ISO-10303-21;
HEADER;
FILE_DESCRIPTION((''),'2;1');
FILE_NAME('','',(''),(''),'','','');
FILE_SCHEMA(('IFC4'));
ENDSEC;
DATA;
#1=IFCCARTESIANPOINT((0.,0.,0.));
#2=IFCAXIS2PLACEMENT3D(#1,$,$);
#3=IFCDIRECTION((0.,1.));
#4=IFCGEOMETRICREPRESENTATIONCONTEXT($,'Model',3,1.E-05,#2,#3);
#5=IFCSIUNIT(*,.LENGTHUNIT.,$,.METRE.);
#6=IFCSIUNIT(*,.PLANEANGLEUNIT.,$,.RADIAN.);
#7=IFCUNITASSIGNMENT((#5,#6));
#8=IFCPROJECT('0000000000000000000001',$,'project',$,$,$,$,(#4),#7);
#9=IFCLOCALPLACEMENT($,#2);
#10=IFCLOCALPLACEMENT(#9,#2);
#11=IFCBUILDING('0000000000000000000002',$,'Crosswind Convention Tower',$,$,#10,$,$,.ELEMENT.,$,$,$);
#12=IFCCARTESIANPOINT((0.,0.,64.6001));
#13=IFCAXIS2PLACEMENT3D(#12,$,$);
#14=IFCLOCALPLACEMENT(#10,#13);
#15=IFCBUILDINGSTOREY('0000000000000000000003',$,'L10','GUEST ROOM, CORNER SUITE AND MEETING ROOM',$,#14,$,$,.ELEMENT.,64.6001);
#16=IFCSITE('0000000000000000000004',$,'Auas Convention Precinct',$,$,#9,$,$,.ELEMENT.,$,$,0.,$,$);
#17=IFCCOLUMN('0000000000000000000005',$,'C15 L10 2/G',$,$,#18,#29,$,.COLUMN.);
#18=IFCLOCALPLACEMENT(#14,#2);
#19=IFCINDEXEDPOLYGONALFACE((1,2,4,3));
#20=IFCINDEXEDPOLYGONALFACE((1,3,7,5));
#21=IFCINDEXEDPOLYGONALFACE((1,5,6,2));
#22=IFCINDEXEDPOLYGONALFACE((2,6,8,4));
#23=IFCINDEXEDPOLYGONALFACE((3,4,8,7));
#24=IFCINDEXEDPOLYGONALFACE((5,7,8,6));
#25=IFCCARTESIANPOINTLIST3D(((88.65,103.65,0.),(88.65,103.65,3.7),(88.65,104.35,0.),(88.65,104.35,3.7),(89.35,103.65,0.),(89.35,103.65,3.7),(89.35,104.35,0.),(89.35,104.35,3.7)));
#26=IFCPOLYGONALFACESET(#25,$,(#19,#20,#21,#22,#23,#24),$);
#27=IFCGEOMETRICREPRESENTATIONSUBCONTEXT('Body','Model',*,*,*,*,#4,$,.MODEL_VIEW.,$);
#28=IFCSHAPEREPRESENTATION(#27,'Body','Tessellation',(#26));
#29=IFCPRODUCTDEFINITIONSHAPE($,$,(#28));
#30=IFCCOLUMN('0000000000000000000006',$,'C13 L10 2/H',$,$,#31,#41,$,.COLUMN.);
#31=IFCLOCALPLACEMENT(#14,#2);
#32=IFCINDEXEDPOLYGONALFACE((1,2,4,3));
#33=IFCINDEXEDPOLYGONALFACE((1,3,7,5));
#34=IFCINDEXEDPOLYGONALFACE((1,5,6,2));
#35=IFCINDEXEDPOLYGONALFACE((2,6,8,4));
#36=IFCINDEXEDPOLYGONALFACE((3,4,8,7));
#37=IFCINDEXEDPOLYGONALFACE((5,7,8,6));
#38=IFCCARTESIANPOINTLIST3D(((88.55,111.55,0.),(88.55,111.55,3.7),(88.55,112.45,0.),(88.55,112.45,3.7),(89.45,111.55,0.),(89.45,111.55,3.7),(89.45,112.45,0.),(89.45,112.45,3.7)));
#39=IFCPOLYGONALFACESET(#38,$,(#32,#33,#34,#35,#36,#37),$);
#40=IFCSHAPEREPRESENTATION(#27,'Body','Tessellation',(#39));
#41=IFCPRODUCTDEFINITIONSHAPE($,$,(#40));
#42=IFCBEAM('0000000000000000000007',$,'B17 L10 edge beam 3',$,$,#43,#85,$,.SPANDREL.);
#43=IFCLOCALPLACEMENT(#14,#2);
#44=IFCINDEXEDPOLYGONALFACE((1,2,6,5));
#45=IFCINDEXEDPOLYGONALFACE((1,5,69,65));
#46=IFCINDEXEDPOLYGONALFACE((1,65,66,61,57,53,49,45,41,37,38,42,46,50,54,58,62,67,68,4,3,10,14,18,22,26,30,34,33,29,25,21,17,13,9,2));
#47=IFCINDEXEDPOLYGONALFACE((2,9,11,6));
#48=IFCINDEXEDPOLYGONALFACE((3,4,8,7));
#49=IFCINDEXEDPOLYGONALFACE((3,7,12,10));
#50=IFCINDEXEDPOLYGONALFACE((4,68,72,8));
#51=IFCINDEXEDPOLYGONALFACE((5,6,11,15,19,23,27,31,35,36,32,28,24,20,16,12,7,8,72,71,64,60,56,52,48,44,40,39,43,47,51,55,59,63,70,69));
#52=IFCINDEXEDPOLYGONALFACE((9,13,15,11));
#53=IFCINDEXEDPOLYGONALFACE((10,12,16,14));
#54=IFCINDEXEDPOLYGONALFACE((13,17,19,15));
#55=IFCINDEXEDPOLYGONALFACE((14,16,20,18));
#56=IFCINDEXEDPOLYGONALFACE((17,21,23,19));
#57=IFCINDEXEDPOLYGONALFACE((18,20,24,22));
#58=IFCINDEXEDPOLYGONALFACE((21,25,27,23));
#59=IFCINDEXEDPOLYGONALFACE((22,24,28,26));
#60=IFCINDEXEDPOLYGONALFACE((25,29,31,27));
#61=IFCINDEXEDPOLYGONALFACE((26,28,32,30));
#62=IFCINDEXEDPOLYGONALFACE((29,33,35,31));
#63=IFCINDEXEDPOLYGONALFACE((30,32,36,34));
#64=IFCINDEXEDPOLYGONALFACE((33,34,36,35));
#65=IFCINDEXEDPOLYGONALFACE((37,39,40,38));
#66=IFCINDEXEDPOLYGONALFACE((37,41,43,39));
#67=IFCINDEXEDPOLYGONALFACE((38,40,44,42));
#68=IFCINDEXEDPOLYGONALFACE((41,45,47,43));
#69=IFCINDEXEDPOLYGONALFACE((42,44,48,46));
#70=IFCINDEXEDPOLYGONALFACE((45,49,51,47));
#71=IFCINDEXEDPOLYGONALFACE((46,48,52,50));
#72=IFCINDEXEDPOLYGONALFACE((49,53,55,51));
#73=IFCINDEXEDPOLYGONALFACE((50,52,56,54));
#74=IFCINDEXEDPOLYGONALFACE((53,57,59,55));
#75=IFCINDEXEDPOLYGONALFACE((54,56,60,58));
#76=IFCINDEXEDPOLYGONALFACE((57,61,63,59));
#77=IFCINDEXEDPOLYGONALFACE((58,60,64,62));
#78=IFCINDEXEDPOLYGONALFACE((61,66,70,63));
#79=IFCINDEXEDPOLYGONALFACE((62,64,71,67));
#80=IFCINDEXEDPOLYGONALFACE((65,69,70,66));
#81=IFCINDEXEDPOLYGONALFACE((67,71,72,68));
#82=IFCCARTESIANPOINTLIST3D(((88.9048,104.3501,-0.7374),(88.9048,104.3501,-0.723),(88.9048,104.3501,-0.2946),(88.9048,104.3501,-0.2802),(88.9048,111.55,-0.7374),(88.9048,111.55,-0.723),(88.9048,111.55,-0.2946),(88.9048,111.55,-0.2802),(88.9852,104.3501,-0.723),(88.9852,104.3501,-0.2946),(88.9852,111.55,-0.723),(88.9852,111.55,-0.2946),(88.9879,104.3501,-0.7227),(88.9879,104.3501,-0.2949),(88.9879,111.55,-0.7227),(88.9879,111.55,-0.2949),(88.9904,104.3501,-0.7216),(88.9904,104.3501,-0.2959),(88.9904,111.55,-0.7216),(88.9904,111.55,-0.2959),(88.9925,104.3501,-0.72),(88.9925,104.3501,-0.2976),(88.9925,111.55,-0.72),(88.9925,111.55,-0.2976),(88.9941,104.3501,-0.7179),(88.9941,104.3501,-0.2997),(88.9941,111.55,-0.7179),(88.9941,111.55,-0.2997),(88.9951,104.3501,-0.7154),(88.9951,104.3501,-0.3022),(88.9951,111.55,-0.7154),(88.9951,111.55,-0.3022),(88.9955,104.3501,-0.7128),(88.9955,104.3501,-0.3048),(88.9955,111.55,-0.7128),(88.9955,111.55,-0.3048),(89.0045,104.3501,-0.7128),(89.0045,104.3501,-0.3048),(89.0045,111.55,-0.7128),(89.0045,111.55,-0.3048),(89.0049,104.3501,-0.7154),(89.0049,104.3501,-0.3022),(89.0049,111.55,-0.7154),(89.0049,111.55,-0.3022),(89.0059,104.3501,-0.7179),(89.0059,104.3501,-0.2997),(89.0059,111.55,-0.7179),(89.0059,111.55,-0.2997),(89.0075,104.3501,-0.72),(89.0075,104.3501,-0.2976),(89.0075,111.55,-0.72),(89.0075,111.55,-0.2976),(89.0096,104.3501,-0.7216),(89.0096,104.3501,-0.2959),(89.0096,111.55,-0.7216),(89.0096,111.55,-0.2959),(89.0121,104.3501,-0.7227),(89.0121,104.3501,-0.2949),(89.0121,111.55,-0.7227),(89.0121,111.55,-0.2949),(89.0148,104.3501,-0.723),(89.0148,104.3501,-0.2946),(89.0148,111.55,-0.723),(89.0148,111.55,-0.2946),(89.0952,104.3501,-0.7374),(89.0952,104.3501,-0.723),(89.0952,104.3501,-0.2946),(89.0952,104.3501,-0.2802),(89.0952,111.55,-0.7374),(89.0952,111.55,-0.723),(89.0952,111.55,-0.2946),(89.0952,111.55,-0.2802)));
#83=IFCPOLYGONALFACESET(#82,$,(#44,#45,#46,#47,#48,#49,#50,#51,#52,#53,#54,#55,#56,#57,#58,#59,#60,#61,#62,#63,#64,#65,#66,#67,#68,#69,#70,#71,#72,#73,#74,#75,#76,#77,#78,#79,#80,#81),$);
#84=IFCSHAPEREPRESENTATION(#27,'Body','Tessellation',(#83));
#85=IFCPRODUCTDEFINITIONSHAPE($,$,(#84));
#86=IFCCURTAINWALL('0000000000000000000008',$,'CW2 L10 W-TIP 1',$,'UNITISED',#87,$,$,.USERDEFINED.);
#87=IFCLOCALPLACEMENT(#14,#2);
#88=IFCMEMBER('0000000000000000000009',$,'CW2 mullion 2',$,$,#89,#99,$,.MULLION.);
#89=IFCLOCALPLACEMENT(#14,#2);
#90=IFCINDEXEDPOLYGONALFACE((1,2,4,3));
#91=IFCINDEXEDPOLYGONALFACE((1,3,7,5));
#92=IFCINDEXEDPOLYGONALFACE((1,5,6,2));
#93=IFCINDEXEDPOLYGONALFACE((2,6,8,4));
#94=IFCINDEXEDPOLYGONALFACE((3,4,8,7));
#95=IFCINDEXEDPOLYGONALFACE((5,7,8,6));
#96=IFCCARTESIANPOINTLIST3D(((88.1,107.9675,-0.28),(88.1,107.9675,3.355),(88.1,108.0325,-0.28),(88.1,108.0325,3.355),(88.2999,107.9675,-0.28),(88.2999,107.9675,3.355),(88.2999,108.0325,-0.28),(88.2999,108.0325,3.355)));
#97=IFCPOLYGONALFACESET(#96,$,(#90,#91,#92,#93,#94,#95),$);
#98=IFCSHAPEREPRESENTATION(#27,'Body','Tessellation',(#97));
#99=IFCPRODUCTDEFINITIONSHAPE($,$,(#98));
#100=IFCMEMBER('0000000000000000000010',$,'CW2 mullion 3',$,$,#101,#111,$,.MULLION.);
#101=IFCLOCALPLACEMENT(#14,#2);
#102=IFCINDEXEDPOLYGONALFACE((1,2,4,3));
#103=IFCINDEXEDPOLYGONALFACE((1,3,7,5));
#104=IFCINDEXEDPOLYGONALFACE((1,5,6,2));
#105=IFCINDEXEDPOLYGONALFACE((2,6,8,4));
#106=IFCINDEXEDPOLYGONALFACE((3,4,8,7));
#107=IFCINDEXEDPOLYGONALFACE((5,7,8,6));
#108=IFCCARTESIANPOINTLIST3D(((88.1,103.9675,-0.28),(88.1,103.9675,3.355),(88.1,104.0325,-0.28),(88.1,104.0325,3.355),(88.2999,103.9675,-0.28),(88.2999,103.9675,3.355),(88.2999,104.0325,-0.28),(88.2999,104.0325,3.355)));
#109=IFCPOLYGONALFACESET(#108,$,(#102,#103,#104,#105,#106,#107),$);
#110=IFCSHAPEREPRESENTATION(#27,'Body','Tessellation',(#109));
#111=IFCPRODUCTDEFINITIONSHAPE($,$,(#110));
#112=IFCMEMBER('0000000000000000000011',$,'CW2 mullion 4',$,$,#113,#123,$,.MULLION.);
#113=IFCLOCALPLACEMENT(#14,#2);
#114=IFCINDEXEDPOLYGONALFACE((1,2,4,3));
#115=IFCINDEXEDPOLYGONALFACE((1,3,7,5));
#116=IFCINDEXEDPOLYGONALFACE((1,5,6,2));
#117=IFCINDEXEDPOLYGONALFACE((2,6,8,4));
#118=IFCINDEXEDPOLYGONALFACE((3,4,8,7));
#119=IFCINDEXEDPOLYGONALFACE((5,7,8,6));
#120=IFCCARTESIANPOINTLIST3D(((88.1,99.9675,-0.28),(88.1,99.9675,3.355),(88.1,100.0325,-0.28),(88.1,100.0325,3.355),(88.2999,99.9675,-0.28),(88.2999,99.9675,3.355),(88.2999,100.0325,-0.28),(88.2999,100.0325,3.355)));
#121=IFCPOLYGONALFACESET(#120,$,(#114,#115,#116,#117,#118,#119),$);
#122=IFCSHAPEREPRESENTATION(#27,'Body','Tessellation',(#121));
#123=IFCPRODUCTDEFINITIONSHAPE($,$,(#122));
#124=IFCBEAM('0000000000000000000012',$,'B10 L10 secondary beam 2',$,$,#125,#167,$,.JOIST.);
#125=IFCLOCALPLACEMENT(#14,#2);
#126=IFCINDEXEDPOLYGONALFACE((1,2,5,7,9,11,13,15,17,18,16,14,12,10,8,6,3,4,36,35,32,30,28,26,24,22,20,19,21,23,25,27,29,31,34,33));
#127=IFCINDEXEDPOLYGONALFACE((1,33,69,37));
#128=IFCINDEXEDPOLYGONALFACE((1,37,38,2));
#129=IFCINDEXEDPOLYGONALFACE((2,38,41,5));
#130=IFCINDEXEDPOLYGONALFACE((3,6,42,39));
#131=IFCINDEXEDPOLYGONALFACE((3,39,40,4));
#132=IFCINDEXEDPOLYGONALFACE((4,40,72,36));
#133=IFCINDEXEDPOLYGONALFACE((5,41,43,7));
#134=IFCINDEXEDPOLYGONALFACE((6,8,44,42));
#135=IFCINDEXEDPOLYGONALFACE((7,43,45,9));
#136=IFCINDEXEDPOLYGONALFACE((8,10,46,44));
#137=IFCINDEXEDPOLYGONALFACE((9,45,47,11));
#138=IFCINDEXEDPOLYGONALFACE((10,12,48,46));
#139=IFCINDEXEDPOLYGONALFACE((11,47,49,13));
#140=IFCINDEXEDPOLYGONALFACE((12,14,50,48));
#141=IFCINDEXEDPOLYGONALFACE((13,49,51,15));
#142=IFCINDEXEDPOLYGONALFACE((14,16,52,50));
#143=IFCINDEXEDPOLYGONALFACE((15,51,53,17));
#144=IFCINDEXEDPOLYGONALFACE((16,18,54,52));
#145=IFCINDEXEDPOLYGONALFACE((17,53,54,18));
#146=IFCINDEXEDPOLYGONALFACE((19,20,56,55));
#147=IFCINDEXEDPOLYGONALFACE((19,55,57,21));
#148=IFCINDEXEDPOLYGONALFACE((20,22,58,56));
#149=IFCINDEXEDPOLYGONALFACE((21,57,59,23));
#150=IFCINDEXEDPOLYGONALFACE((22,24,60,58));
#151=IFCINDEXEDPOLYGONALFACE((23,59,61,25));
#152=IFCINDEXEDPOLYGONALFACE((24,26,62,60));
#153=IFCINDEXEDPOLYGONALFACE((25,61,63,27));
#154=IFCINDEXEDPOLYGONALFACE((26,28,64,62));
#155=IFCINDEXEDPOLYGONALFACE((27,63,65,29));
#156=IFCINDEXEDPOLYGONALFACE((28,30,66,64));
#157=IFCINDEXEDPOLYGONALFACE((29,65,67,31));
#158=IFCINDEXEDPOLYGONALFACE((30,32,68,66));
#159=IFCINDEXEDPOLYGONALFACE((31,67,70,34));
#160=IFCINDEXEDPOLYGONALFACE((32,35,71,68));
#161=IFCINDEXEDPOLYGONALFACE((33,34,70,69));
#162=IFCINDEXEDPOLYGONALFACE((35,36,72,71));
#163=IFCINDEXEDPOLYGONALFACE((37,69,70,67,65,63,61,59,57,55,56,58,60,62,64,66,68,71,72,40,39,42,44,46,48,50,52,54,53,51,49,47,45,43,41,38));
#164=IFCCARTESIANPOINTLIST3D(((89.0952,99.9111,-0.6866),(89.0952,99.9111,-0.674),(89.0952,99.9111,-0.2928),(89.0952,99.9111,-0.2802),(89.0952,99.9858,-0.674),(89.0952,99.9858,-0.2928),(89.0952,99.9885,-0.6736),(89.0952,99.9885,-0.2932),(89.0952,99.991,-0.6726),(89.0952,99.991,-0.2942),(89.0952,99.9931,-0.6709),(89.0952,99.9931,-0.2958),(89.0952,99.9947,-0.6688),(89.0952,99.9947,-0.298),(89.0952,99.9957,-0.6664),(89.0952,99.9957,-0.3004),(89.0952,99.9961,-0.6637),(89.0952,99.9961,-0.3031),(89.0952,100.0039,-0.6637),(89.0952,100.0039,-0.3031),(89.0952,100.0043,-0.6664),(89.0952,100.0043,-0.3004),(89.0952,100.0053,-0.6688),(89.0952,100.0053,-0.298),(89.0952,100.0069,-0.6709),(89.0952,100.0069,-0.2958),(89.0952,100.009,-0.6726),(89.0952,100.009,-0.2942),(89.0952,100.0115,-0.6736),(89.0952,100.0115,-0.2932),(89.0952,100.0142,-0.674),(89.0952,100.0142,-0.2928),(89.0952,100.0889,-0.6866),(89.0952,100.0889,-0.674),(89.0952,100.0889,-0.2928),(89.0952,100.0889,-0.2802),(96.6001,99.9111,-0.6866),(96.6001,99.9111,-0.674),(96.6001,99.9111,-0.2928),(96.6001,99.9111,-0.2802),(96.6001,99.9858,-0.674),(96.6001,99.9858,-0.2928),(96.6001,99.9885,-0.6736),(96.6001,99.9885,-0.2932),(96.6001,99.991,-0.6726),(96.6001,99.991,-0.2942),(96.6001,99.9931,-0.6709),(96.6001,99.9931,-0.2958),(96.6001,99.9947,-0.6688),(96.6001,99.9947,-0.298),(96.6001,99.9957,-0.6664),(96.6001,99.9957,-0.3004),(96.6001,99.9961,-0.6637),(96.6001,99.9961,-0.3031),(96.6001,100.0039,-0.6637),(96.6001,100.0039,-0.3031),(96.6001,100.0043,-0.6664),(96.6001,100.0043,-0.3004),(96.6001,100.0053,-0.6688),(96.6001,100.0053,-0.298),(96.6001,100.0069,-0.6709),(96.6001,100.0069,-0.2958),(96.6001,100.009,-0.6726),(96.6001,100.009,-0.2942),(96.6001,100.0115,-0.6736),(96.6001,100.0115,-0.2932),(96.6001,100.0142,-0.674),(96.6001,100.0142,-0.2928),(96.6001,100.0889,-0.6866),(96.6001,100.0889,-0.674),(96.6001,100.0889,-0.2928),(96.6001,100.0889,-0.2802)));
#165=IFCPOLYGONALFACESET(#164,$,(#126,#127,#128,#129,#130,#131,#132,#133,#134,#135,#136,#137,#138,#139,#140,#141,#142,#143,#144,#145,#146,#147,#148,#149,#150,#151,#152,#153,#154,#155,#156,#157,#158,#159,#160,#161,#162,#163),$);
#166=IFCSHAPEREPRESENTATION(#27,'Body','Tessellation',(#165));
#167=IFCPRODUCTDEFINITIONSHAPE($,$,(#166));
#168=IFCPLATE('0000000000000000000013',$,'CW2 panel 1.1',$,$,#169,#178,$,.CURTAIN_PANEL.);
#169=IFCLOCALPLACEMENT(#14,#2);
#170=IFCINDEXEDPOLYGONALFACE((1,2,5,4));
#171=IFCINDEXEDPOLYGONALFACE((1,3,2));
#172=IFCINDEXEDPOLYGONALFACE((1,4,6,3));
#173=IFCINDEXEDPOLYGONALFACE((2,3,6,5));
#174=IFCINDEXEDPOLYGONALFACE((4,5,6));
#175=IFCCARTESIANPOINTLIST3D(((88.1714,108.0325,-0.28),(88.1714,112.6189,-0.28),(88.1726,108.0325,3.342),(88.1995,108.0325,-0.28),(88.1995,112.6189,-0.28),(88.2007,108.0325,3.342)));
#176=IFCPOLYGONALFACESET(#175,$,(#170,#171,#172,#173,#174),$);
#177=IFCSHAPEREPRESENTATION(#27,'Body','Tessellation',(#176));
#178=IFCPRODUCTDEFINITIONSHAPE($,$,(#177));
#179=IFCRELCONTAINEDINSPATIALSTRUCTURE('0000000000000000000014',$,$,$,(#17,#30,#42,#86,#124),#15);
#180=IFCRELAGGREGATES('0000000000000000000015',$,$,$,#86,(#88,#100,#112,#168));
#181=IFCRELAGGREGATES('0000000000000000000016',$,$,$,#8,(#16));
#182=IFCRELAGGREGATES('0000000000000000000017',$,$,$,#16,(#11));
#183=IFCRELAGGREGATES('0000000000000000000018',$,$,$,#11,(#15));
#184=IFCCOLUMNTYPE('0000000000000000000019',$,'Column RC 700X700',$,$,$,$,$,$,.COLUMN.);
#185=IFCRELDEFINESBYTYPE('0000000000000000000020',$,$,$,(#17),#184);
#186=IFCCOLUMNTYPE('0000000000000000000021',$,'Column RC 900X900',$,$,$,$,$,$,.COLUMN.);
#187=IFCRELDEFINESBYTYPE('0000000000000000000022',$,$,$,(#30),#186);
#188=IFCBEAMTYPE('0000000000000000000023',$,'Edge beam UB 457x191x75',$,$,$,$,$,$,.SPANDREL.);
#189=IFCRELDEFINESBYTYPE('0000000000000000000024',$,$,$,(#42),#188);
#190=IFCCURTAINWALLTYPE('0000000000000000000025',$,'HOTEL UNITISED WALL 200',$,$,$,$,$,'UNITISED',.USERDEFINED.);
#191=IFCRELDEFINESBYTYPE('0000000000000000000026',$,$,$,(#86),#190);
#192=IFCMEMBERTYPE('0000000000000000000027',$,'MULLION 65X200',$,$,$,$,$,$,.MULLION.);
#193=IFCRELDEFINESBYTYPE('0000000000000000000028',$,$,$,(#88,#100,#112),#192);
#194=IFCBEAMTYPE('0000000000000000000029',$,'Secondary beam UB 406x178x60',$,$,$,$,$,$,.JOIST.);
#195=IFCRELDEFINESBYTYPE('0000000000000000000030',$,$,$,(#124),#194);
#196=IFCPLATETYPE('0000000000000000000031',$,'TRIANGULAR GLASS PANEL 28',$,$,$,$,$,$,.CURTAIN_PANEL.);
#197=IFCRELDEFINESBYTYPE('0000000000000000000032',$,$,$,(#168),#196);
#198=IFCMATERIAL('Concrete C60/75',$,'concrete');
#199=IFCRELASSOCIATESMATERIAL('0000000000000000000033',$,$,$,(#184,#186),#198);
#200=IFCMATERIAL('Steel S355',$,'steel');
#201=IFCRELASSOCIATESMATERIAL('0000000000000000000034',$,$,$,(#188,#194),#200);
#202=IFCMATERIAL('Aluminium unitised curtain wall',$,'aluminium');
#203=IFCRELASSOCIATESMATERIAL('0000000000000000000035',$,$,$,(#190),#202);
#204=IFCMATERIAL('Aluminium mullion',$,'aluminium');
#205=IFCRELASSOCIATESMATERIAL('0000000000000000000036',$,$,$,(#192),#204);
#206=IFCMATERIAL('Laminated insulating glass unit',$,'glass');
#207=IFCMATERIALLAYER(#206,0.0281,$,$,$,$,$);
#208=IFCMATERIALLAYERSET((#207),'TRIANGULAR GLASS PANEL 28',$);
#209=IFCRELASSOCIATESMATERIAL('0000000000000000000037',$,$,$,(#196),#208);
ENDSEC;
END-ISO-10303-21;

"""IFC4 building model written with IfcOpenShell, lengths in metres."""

from ifc_helpers import new_model, si_unit, direction, frame, origin, origin_2d, place, context, subcontext, project, spatial, polyline, rectangle, i_section, outline, extrude, material, layer, layer_set, material_profile, profile_set, type_object, element, aggregate, save


model = new_model("IFC4")

# Units and contexts
model_context = context("Model", 3, precision=1e-05, world=origin(), true_north=direction((0.0, 1.0)))
body_context = subcontext(model_context, "Body", "Model", "MODEL_VIEW")
ifc_project = project(units=[si_unit("LENGTHUNIT", "METRE"), si_unit("PLANEANGLEUNIT", "RADIAN")], contexts=[model_context])

# Site, building, storey
site_placement = place(None, origin())
site = spatial("IfcSite", under=ifc_project, at=site_placement, Name="Auas Convention Precinct", CompositionType="ELEMENT", RefElevation=0.0)
building_placement = place(site_placement, origin())
building = spatial("IfcBuilding", under=site, at=building_placement, Name="Crosswind Convention Tower", CompositionType="ELEMENT")
storey_placement = place(building_placement, frame((0.0, 0.0, 64.6001)))
storey = spatial("IfcBuildingStorey", under=building, at=storey_placement, Name="L10", Description="GUEST ROOM, CORNER SUITE AND MEETING ROOM", CompositionType="ELEMENT", Elevation=64.6001)

# Columns
ifc_material_1 = material(Name="Concrete C60/75", Category="concrete")
ifc_material_profile_1 = material_profile(ifc_material_1, rectangle(XDim=0.7, YDim=0.7, at=origin_2d()), Name="RC 700X700")
ifc_profile_set_1 = profile_set([ifc_material_profile_1], Name="Concrete C60/75")
column_type_1 = type_object("IfcColumnType", Name="Column RC 700X700", PredefinedType="COLUMN", material=ifc_profile_set_1)
column_1_placement = place(storey_placement, frame((89.0, 104.0, 0.0), z_axis=(0.0, 0.0, 1.0), x_axis=(1.0, 0.0, 0.0)))
element("IfcColumn", 1, at=column_1_placement, inside=storey, type_object=column_type_1, Name="C15 L10 2/G", PredefinedType="COLUMN", context=body_context, shape_type="SweptSolid", body=[
    extrude(rectangle(XDim=0.7, YDim=0.7, at=origin_2d()), origin(), (0.0, 0.0, 1.0), 3.7),
])
ifc_material_profile_2 = material_profile(ifc_material_1, rectangle(XDim=0.8999, YDim=0.8999, at=origin_2d()), Name="RC 900X900")
ifc_profile_set_2 = profile_set([ifc_material_profile_2], Name="Concrete C60/75")
column_type_2 = type_object("IfcColumnType", Name="Column RC 900X900", PredefinedType="COLUMN", material=ifc_profile_set_2)
column_2_placement = place(storey_placement, frame((89.0, 112.0, 0.0), z_axis=(0.0, 0.0, 1.0), x_axis=(1.0, 0.0, 0.0)))
element("IfcColumn", 2, at=column_2_placement, inside=storey, type_object=column_type_2, Name="C13 L10 2/H", PredefinedType="COLUMN", context=body_context, shape_type="SweptSolid", body=[
    extrude(rectangle(XDim=0.8999, YDim=0.8999, at=origin_2d()), origin(), (0.0, 0.0, 1.0), 3.7),
])

# Beam
ifc_material_2 = material(Name="Steel S355", Category="steel")
ifc_material_profile_3 = material_profile(ifc_material_2, i_section(OverallWidth=0.1904, OverallDepth=0.4573, WebThickness=0.009, FlangeThickness=0.0144, FilletRadius=0.0103, at=origin_2d()), Name="UB 457x191x75")
ifc_profile_set_3 = profile_set([ifc_material_profile_3], Name="Steel S355")
beam_type_1 = type_object("IfcBeamType", Name="Edge beam UB 457x191x75", PredefinedType="SPANDREL", material=ifc_profile_set_3)
beam_1_placement = place(storey_placement, frame((89.0, 104.3501, -0.5088), z_axis=(0.0, 1.0, 0.0), x_axis=(-1.0, 0.0, 0.0)))
element("IfcBeam", 3, at=beam_1_placement, inside=storey, type_object=beam_type_1, Name="B17 L10 edge beam 3", PredefinedType="SPANDREL", context=body_context, shape_type="SweptSolid", body=[
    extrude(i_section(OverallWidth=0.1904, OverallDepth=0.4573, WebThickness=0.009, FlangeThickness=0.0144, FilletRadius=0.0103, at=origin_2d()), origin(), (0.0, 0.0, 1.0), 7.2),
])

# Curtain wall, members
ifc_material_3 = material(Name="Aluminium unitised curtain wall", Category="aluminium")
curtain_wall_type = type_object("IfcCurtainWallType", Name="HOTEL UNITISED WALL 200", ElementType="UNITISED", PredefinedType="USERDEFINED", material=ifc_material_3)
curtain_wall_placement = place(storey_placement, origin())
curtain_wall = element("IfcCurtainWall", 4, at=curtain_wall_placement, inside=storey, type_object=curtain_wall_type, Name="CW2 L10 W-TIP 1", ObjectType="UNITISED", PredefinedType="USERDEFINED")
ifc_material_4 = material(Name="Aluminium mullion", Category="aluminium")
ifc_material_profile_4 = material_profile(ifc_material_4, rectangle(XDim=0.2, YDim=0.0649, at=origin_2d()), Name="AL 200X65")
ifc_profile_set_4 = profile_set([ifc_material_profile_4], Name="Aluminium mullion")
member_type = type_object("IfcMemberType", Name="MULLION 65X200", PredefinedType="MULLION", material=ifc_profile_set_4)
member_1_placement = place(storey_placement, frame((88.2, 108.0, -0.28), z_axis=(0.0, 0.0, 1.0), x_axis=(-1.0, 0.0, 0.0)))
member_1 = element("IfcMember", 5, at=member_1_placement, type_object=member_type, Name="CW2 mullion 2", PredefinedType="MULLION", context=body_context, shape_type="SweptSolid", body=[
    extrude(rectangle(XDim=0.2, YDim=0.0649, at=origin_2d()), origin(), (0.0, 0.0, 1.0), 3.635),
])
member_2_placement = place(storey_placement, frame((88.2, 104.0, -0.28), z_axis=(0.0, 0.0, 1.0), x_axis=(-1.0, 0.0, 0.0)))
member_2 = element("IfcMember", 6, at=member_2_placement, type_object=member_type, Name="CW2 mullion 3", PredefinedType="MULLION", context=body_context, shape_type="SweptSolid", body=[
    extrude(rectangle(XDim=0.2, YDim=0.0649, at=origin_2d()), origin(), (0.0, 0.0, 1.0), 3.635),
])
member_3_placement = place(storey_placement, frame((88.2, 100.0, -0.28), z_axis=(0.0, 0.0, 1.0), x_axis=(-1.0, 0.0, 0.0)))
member_3 = element("IfcMember", 7, at=member_3_placement, type_object=member_type, Name="CW2 mullion 4", PredefinedType="MULLION", context=body_context, shape_type="SweptSolid", body=[
    extrude(rectangle(XDim=0.2, YDim=0.0649, at=origin_2d()), origin(), (0.0, 0.0, 1.0), 3.635),
])

# Beam
ifc_material_profile_5 = material_profile(ifc_material_2, i_section(OverallWidth=0.1777, OverallDepth=0.4065, WebThickness=0.0078, FlangeThickness=0.0127, FilletRadius=0.0103, at=origin_2d()), Name="UB 406x178x60")
ifc_profile_set_5 = profile_set([ifc_material_profile_5], Name="Steel S355")
beam_type_2 = type_object("IfcBeamType", Name="Secondary beam UB 406x178x60", PredefinedType="JOIST", material=ifc_profile_set_5)
beam_2_placement = place(storey_placement, frame((89.0952, 100.0, -0.4834), z_axis=(1.0, 0.0, 0.0), x_axis=(0.0, 1.0, 0.0)))
element("IfcBeam", 8, at=beam_2_placement, inside=storey, type_object=beam_type_2, Name="B10 L10 secondary beam 2", PredefinedType="JOIST", context=body_context, shape_type="SweptSolid", body=[
    extrude(i_section(OverallWidth=0.1777, OverallDepth=0.4065, WebThickness=0.0078, FlangeThickness=0.0127, FilletRadius=0.0103, at=origin_2d()), origin(), (0.0, 0.0, 1.0), 7.5049),
])

# Plate
ifc_material_5 = material(Name="Laminated insulating glass unit", Category="glass")
ifc_layer_1 = layer(ifc_material_5, 0.0281)
ifc_layer_set_1 = layer_set([ifc_layer_1], Name="TRIANGULAR GLASS PANEL 28")
plate_type = type_object("IfcPlateType", Name="TRIANGULAR GLASS PANEL 28", PredefinedType="CURTAIN_PANEL", material=ifc_layer_set_1)
plate_1_placement = place(storey_placement, frame((88.1714, 108.0325, -0.28), z_axis=(-1.0, 0.0, 0.000337), x_axis=(0.000337, 0.0, 1.0)))
plate_1 = element("IfcPlate", 9, at=plate_1_placement, type_object=plate_type, Name="CW2 panel 1.1", PredefinedType="CURTAIN_PANEL", context=body_context, shape_type="SweptSolid", body=[
    extrude(outline(polyline([(0.0, 0.0), (3.6221, 0.0), (0.0, 4.5864), (0.0, 0.0)])), origin(), (0.0, 0.0, -1.0), 0.0281),
])
aggregate(curtain_wall, [member_1, member_2, member_3, plate_1])

save(model, "model.ifc")
